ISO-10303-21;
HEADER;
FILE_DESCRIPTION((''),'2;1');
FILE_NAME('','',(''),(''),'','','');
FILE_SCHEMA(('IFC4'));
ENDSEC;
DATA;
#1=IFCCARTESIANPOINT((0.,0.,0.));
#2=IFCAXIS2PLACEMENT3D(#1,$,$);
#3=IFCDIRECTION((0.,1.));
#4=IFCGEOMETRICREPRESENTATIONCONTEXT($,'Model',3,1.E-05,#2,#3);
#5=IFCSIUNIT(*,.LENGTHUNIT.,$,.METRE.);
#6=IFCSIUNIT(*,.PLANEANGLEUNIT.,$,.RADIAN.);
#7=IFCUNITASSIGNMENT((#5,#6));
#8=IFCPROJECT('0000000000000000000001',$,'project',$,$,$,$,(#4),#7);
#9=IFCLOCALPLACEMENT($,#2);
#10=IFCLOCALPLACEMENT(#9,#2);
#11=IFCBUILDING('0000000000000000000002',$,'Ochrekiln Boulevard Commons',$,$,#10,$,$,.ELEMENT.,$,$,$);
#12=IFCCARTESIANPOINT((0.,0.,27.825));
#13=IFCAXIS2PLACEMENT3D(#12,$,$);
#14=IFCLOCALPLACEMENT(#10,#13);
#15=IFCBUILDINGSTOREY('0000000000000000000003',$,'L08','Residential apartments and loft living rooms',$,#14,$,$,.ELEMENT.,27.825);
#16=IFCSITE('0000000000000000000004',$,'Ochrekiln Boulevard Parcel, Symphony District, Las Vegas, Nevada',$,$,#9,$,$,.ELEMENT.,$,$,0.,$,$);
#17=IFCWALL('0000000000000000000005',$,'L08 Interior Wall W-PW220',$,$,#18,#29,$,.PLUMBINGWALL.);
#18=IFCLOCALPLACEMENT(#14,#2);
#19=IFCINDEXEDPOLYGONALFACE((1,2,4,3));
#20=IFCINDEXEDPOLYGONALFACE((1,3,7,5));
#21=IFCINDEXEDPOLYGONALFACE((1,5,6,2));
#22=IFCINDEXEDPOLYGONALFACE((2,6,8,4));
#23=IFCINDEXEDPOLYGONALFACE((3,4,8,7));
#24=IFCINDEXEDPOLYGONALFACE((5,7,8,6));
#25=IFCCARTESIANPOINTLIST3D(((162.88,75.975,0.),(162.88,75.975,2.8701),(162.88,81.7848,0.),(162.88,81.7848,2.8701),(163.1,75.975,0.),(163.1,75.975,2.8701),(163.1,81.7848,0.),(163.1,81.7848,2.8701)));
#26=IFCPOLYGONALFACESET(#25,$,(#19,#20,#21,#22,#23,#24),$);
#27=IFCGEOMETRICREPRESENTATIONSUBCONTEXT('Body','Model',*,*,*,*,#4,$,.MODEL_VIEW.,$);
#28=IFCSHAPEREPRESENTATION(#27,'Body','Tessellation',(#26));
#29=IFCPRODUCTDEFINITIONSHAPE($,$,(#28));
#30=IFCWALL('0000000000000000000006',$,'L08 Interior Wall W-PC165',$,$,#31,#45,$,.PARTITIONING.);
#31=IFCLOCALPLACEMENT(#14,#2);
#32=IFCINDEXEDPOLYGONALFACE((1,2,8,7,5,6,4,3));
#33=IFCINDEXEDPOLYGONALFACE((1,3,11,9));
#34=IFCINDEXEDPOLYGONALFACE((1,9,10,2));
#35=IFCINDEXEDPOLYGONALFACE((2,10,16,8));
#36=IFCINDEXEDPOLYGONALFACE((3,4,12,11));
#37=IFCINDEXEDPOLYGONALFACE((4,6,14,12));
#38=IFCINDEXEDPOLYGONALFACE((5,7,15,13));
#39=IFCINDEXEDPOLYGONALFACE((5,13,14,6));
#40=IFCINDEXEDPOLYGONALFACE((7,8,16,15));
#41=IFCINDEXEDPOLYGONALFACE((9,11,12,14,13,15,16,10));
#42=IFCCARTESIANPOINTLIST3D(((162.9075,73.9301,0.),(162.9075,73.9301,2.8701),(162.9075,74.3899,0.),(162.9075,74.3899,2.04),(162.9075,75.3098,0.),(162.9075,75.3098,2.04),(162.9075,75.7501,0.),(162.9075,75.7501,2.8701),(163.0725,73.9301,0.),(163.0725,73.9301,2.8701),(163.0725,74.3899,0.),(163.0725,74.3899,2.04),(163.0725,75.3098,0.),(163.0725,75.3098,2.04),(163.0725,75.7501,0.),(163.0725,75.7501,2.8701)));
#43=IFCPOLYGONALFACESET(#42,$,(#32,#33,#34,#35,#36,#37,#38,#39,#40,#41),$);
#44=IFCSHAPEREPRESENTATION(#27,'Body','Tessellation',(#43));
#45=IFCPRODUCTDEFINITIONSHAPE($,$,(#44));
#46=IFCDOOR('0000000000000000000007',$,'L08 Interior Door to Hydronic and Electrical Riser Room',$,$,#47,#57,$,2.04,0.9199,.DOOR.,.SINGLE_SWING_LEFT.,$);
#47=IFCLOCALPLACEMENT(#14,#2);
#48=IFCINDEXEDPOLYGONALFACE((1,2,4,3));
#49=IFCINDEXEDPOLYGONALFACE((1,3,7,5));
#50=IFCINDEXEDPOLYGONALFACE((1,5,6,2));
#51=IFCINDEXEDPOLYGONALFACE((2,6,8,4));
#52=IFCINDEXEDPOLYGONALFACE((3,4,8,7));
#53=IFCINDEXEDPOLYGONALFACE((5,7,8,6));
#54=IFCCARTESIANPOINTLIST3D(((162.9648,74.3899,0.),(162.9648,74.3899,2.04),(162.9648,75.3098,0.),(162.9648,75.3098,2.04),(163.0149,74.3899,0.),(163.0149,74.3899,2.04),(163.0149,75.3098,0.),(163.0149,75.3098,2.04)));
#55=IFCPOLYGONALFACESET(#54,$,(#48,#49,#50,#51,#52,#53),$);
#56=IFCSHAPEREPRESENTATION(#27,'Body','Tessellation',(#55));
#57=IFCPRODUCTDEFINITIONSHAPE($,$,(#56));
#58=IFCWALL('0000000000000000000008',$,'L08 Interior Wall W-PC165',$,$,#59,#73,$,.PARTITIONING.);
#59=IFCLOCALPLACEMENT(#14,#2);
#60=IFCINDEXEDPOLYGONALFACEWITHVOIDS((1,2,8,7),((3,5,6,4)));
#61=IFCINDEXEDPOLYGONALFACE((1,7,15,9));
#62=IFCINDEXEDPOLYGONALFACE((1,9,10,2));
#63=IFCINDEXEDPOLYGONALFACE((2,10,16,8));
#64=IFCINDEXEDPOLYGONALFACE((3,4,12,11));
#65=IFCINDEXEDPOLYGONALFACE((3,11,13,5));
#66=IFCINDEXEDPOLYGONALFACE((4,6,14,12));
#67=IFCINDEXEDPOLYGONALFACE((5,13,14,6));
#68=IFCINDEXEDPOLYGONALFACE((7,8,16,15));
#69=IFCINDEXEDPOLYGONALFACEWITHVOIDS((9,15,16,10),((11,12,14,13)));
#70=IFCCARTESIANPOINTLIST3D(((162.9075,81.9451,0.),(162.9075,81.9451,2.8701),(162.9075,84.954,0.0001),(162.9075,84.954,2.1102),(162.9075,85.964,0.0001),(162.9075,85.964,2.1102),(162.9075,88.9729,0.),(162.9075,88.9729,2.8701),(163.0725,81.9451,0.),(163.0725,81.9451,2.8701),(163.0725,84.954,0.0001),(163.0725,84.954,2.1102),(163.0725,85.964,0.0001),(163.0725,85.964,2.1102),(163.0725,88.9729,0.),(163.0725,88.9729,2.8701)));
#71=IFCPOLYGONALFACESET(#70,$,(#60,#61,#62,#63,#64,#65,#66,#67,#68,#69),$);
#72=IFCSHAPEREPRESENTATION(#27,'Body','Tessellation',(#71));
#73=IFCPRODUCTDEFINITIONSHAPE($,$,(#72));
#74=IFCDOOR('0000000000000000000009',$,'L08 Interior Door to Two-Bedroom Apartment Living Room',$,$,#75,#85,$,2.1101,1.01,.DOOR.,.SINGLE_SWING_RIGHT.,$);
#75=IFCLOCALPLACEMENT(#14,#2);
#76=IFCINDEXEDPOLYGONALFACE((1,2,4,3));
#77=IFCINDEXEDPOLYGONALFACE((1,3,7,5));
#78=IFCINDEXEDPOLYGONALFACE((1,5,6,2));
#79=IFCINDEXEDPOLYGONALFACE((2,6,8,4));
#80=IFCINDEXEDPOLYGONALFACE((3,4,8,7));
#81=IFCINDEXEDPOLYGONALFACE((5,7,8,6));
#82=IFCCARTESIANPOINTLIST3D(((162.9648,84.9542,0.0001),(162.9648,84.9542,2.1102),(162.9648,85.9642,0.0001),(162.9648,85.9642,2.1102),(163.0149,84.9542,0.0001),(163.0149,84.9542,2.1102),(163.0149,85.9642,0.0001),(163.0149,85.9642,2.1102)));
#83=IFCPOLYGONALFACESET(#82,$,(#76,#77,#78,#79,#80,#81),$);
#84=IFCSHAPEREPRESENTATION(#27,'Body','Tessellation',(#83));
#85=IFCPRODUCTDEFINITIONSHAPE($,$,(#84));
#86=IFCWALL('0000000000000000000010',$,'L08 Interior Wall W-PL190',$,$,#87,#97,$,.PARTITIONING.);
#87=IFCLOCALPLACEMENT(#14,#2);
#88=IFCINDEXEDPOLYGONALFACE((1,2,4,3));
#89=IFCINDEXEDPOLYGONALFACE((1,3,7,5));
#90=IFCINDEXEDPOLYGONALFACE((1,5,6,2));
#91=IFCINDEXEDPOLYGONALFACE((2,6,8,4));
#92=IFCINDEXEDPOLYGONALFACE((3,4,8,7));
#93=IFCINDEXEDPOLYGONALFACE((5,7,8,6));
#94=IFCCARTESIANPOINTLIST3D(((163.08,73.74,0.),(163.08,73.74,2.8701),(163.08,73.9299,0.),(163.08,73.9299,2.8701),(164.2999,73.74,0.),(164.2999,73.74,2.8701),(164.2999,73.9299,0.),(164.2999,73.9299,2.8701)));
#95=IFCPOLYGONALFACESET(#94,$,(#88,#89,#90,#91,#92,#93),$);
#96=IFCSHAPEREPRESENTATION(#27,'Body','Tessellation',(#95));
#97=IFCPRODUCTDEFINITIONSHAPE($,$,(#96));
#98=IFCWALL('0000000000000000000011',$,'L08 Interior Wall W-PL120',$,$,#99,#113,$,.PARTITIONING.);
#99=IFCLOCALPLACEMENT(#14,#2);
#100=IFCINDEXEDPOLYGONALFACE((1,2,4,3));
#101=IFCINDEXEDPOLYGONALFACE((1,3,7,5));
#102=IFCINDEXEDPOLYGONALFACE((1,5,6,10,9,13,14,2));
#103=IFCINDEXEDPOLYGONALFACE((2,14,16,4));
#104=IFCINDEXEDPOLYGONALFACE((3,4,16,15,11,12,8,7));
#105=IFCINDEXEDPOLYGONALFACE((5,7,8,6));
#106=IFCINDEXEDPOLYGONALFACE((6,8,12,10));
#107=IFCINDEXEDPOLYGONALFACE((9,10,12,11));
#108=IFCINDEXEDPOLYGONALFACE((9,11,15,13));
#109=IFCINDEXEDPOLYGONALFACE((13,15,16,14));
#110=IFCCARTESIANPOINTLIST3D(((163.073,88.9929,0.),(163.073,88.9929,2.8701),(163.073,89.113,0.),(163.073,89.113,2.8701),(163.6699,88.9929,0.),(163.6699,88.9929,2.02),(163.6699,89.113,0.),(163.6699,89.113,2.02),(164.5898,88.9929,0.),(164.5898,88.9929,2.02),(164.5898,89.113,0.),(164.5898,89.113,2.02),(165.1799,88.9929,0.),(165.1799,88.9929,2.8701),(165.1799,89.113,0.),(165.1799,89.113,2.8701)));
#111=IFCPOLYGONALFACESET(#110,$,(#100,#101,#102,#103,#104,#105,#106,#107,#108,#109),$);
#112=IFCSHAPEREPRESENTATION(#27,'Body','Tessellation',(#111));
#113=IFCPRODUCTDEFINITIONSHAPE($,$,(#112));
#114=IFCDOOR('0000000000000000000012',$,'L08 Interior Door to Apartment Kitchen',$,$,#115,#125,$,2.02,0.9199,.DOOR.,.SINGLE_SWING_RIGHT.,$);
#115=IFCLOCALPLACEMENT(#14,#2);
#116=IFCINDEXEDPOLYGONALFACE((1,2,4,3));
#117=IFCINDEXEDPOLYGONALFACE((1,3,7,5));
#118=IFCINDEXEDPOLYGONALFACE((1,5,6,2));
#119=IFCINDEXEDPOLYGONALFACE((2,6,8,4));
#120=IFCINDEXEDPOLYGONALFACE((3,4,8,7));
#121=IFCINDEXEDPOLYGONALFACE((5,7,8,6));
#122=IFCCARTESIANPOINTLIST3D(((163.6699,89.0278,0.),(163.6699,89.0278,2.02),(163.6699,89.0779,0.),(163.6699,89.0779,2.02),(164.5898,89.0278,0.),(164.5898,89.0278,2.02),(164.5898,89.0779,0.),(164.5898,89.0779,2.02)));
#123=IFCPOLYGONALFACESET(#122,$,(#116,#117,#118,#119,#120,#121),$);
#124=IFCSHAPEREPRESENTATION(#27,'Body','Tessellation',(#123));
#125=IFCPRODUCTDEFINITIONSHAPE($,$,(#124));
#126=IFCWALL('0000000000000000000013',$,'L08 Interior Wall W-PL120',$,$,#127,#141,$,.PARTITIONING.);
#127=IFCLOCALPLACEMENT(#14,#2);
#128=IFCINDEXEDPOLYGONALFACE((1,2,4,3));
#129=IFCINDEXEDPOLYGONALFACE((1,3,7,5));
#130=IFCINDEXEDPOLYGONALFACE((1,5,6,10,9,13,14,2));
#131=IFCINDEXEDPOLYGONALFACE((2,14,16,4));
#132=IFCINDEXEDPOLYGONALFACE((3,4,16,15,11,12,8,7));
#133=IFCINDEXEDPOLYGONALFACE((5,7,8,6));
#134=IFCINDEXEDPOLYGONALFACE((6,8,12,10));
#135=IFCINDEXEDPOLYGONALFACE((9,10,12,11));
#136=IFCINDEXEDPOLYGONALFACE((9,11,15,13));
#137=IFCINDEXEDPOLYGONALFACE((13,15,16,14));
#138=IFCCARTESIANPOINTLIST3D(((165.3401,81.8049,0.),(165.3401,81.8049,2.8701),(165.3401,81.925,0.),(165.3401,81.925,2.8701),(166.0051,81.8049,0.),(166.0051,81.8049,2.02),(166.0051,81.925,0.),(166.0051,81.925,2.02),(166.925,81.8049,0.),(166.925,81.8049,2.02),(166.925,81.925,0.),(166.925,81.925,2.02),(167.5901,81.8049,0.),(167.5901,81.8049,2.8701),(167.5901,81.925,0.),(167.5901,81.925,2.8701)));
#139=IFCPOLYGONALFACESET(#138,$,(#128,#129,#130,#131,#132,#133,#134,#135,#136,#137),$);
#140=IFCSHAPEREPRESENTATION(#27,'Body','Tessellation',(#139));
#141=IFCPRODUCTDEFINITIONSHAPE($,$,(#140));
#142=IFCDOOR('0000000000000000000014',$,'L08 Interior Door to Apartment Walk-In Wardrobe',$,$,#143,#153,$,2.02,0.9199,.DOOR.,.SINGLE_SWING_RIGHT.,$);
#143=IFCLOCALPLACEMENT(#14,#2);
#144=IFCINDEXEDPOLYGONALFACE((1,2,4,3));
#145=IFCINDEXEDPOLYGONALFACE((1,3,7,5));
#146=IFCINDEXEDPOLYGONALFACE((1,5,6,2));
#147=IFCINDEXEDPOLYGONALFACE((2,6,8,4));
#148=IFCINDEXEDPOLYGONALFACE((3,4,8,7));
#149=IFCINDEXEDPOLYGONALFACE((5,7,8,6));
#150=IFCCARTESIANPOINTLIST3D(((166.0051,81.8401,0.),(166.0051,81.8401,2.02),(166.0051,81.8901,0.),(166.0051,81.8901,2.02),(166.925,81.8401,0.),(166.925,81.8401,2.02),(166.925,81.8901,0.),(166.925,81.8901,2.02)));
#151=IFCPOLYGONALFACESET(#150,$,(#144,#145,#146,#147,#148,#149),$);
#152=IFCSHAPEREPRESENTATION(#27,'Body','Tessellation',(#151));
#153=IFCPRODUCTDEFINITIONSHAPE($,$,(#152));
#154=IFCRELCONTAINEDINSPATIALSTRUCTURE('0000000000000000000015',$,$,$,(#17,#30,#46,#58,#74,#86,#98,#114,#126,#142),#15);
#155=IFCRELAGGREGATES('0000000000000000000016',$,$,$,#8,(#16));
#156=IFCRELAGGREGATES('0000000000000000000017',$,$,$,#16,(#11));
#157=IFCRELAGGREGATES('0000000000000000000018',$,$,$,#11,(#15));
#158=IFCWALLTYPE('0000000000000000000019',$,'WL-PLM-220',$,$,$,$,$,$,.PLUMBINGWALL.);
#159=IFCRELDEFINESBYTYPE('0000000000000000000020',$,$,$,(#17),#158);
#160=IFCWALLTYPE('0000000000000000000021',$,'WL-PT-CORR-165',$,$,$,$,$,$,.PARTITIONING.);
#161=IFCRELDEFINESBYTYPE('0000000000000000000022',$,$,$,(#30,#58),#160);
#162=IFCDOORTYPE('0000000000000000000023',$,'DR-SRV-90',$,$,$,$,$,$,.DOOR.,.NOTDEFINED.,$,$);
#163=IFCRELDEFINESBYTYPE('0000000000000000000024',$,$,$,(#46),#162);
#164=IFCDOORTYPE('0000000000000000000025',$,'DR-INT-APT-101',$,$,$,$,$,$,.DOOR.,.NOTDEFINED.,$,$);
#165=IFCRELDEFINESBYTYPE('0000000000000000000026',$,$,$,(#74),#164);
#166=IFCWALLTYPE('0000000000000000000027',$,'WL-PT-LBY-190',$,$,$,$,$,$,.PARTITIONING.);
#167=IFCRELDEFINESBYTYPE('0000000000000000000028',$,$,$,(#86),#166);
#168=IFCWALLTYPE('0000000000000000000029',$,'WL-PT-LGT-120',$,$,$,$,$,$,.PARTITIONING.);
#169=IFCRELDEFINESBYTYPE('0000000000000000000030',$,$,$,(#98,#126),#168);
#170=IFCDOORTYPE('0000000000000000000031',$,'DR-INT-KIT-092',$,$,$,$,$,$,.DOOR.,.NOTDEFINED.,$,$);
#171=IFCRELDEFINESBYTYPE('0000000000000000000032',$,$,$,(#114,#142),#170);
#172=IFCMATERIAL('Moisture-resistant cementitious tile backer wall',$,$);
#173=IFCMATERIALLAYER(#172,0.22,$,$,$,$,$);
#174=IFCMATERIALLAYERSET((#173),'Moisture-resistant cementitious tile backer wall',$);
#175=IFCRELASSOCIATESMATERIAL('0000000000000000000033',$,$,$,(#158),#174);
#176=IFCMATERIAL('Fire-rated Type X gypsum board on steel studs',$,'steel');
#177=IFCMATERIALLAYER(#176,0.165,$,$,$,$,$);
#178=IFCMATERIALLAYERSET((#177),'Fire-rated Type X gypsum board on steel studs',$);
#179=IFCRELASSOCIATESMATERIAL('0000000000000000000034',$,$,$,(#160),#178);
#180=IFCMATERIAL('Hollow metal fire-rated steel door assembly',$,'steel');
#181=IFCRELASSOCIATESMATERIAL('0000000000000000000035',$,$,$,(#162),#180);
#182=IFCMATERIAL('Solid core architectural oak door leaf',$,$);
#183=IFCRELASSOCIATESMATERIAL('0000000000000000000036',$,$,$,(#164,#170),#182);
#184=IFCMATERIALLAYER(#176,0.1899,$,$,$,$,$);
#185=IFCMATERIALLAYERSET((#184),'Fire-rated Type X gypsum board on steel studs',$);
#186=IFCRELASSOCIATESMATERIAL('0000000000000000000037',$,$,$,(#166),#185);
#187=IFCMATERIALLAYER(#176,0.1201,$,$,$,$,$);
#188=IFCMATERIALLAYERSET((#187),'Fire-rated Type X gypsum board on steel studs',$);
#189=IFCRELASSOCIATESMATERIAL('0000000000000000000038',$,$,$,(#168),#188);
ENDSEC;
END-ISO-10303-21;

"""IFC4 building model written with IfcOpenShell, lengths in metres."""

from ifc_helpers import new_model, si_unit, direction, frame, frame_2d, origin, place, context, subcontext, project, spatial, rectangle, extrude, material, layer, layer_set, type_object, element, fill, save


model = new_model("IFC4")

# Units and contexts
model_context = context("Model", 3, precision=1e-05, world=origin(), true_north=direction((0.0, 1.0)))
body_context = subcontext(model_context, "Body", "Model", "MODEL_VIEW")
ifc_project = project(units=[si_unit("LENGTHUNIT", "METRE"), si_unit("PLANEANGLEUNIT", "RADIAN")], contexts=[model_context])

# Site, building, storey
site_placement = place(None, origin())
site = spatial("IfcSite", under=ifc_project, at=site_placement, Name="Ochrekiln Boulevard Parcel, Symphony District, Las Vegas, Nevada", CompositionType="ELEMENT", RefElevation=0.0)
building_placement = place(site_placement, origin())
building = spatial("IfcBuilding", under=site, at=building_placement, Name="Ochrekiln Boulevard Commons", CompositionType="ELEMENT")
storey_placement = place(building_placement, frame((0.0, 0.0, 27.825)))
storey = spatial("IfcBuildingStorey", under=building, at=storey_placement, Name="L08", Description="Residential apartments and loft living rooms", CompositionType="ELEMENT", Elevation=27.825)

# Shared definitions
ifc_material_1 = material(Name="Moisture-resistant cementitious tile backer wall")

# Shared definitions
ifc_material_2 = material(Name="Solid core architectural oak door leaf")

# Wall
ifc_layer_1 = layer(ifc_material_1, 0.22)
ifc_layer_set_1 = layer_set([ifc_layer_1], Name="Moisture-resistant cementitious tile backer wall")
wall_type_1 = type_object("IfcWallType", Name="WL-PLM-220", PredefinedType="PLUMBINGWALL", material=ifc_layer_set_1)
wall_1_placement = place(storey_placement, frame((162.99, 75.9751, 0.0), z_axis=(0.0, 0.0, 1.0), x_axis=(0.0, 1.0, 0.0)))
element("IfcWall", 1, at=wall_1_placement, inside=storey, type_object=wall_type_1, Name="L08 Interior Wall W-PW220", PredefinedType="PLUMBINGWALL", context=body_context, shape_type="SweptSolid", body=[
    extrude(rectangle(XDim=5.8098, YDim=0.22, at=frame_2d((2.9048, 0.0))), origin(), (0.0, 0.0, 1.0), 2.8701),
])

# Walls, openings, doors
ifc_material_3 = material(Name="Fire-rated Type X gypsum board on steel studs", Category="steel")
ifc_layer_2 = layer(ifc_material_3, 0.165)
ifc_layer_set_2 = layer_set([ifc_layer_2], Name="Fire-rated Type X gypsum board on steel studs")
wall_type_2 = type_object("IfcWallType", Name="WL-PT-CORR-165", PredefinedType="PARTITIONING", material=ifc_layer_set_2)
wall_2_placement = place(storey_placement, frame((162.99, 73.9299, 0.0), z_axis=(0.0, 0.0, 1.0), x_axis=(0.0, 1.0, 0.0)))
wall_2 = element("IfcWall", 2, at=wall_2_placement, inside=storey, type_object=wall_type_2, Name="L08 Interior Wall W-PC165", PredefinedType="PARTITIONING", context=body_context, shape_type="SweptSolid", body=[
    extrude(rectangle(XDim=1.8201, YDim=0.165, at=frame_2d((0.9102, 0.0))), origin(), (0.0, 0.0, 1.0), 2.8701),
])
opening_1_placement = place(wall_2_placement, frame((0.46, 0.0, 0.0)))
opening_1 = element("IfcOpeningElement", 3, at=opening_1_placement, cuts=wall_2, PredefinedType="OPENING", context=body_context, shape_type="SweptSolid", body=[
    extrude(rectangle(XDim=0.9199, YDim=2.04, at=frame_2d((0.46, 1.02))), frame((0.0, 0.0925, 0.0), z_axis=(0.0, -1.0, 0.0), x_axis=(1.0, 0.0, 0.0)), (0.0, 0.0, 1.0), 0.1851),
])
ifc_material_4 = material(Name="Hollow metal fire-rated steel door assembly", Category="steel")
door_type_1 = type_object("IfcDoorType", Name="DR-SRV-90", OperationType="NOTDEFINED", PredefinedType="DOOR", material=ifc_material_4)
door_1_placement = place(opening_1_placement, frame((0.9199, 0.0, 0.0), z_axis=(0.0, 0.0, 1.0), x_axis=(-1.0, 0.0, 0.0)))
door_1 = element("IfcDoor", 4, at=door_1_placement, inside=storey, type_object=door_type_1, Name="L08 Interior Door to Hydronic and Electrical Riser Room", OperationType="SINGLE_SWING_LEFT", OverallHeight=2.04, OverallWidth=0.9199, PredefinedType="DOOR", context=body_context, shape_type="SweptSolid", body=[
    extrude(rectangle(XDim=0.9199, YDim=2.04, at=frame_2d((0.46, 1.02))), frame((0.0, 0.0249, 0.0), z_axis=(0.0, -1.0, 0.0), x_axis=(1.0, 0.0, 0.0)), (0.0, 0.0, 1.0), 0.05),
])
fill(opening_1, door_1)
wall_3_placement = place(storey_placement, frame((162.99, 81.9451, 0.0), z_axis=(0.0, 0.0, 1.0), x_axis=(0.0, 1.0, 0.0)))
wall_3 = element("IfcWall", 5, at=wall_3_placement, inside=storey, type_object=wall_type_2, Name="L08 Interior Wall W-PC165", PredefinedType="PARTITIONING", context=body_context, shape_type="SweptSolid", body=[
    extrude(rectangle(XDim=7.0278, YDim=0.165, at=frame_2d((3.5139, 0.0))), origin(), (0.0, 0.0, 1.0), 2.8701),
])
opening_2_placement = place(wall_3_placement, frame((3.009, 0.0, 0.0)))
opening_2 = element("IfcOpeningElement", 6, at=opening_2_placement, cuts=wall_3, PredefinedType="OPENING", context=body_context, shape_type="SweptSolid", body=[
    extrude(rectangle(XDim=1.01, YDim=2.1101, at=frame_2d((0.5049, 1.0552))), frame((0.0, 0.0925, 0.0), z_axis=(0.0, -1.0, 0.0), x_axis=(1.0, 0.0, 0.0)), (0.0, 0.0, 1.0), 0.1851),
])
door_type_2 = type_object("IfcDoorType", Name="DR-INT-APT-101", OperationType="NOTDEFINED", PredefinedType="DOOR", material=ifc_material_2)
door_2_placement = place(opening_2_placement, frame((1.01, 0.0, 0.0), z_axis=(0.0, 0.0, 1.0), x_axis=(-1.0, 0.0, 0.0)))
door_2 = element("IfcDoor", 7, at=door_2_placement, inside=storey, type_object=door_type_2, Name="L08 Interior Door to Two-Bedroom Apartment Living Room", OperationType="SINGLE_SWING_RIGHT", OverallHeight=2.1101, OverallWidth=1.01, PredefinedType="DOOR", context=body_context, shape_type="SweptSolid", body=[
    extrude(rectangle(XDim=1.01, YDim=2.1101, at=frame_2d((0.5049, 1.0552))), frame((0.0, 0.0249, 0.0), z_axis=(0.0, -1.0, 0.0), x_axis=(1.0, 0.0, 0.0)), (0.0, 0.0, 1.0), 0.05),
])
fill(opening_2, door_2)

# Wall
ifc_layer_3 = layer(ifc_material_3, 0.1899)
ifc_layer_set_3 = layer_set([ifc_layer_3], Name="Fire-rated Type X gypsum board on steel studs")
wall_type_3 = type_object("IfcWallType", Name="WL-PT-LBY-190", PredefinedType="PARTITIONING", material=ifc_layer_set_3)
wall_4_placement = place(storey_placement, frame((163.0801, 73.835, 0.0), z_axis=(0.0, 0.0, 1.0), x_axis=(1.0, 0.0, 0.0)))
element("IfcWall", 8, at=wall_4_placement, inside=storey, type_object=wall_type_3, Name="L08 Interior Wall W-PL190", PredefinedType="PARTITIONING", context=body_context, shape_type="SweptSolid", body=[
    extrude(rectangle(XDim=1.22, YDim=0.1899, at=frame_2d((0.6099, 0.0))), origin(), (0.0, 0.0, 1.0), 2.8701),
])

# Walls, openings, doors
ifc_layer_4 = layer(ifc_material_3, 0.1201)
ifc_layer_set_4 = layer_set([ifc_layer_4], Name="Fire-rated Type X gypsum board on steel studs")
wall_type_4 = type_object("IfcWallType", Name="WL-PT-LGT-120", PredefinedType="PARTITIONING", material=ifc_layer_set_4)
wall_5_placement = place(storey_placement, frame((163.073, 89.053, 0.0), z_axis=(0.0, 0.0, 1.0), x_axis=(1.0, 0.0, 0.0)))
wall_5 = element("IfcWall", 9, at=wall_5_placement, inside=storey, type_object=wall_type_4, Name="L08 Interior Wall W-PL120", PredefinedType="PARTITIONING", context=body_context, shape_type="SweptSolid", body=[
    extrude(rectangle(XDim=2.1069, YDim=0.1201, at=frame_2d((1.0535, 0.0))), origin(), (0.0, 0.0, 1.0), 2.8701),
])
opening_3_placement = place(wall_5_placement, frame((0.5969, 0.0, 0.0)))
opening_3 = element("IfcOpeningElement", 10, at=opening_3_placement, cuts=wall_5, PredefinedType="OPENING", context=body_context, shape_type="SweptSolid", body=[
    extrude(rectangle(XDim=0.9199, YDim=2.02, at=frame_2d((0.46, 1.01))), frame((0.0, 0.0701, 0.0), z_axis=(0.0, -1.0, 0.0), x_axis=(1.0, 0.0, 0.0)), (0.0, 0.0, 1.0), 0.1401),
])
door_type_3 = type_object("IfcDoorType", Name="DR-INT-KIT-092", OperationType="NOTDEFINED", PredefinedType="DOOR", material=ifc_material_2)
door_3_placement = place(opening_3_placement, origin())
door_3 = element("IfcDoor", 11, at=door_3_placement, inside=storey, type_object=door_type_3, Name="L08 Interior Door to Apartment Kitchen", OperationType="SINGLE_SWING_RIGHT", OverallHeight=2.02, OverallWidth=0.9199, PredefinedType="DOOR", context=body_context, shape_type="SweptSolid", body=[
    extrude(rectangle(XDim=0.9199, YDim=2.02, at=frame_2d((0.46, 1.01))), frame((0.0, 0.0249, 0.0), z_axis=(0.0, -1.0, 0.0), x_axis=(1.0, 0.0, 0.0)), (0.0, 0.0, 1.0), 0.05),
])
fill(opening_3, door_3)
wall_6_placement = place(storey_placement, frame((165.3401, 81.865, 0.0), z_axis=(0.0, 0.0, 1.0), x_axis=(1.0, 0.0, 0.0)))
wall_6 = element("IfcWall", 12, at=wall_6_placement, inside=storey, type_object=wall_type_4, Name="L08 Interior Wall W-PL120", PredefinedType="PARTITIONING", context=body_context, shape_type="SweptSolid", body=[
    extrude(rectangle(XDim=2.25, YDim=0.1201, at=frame_2d((1.125, 0.0))), origin(), (0.0, 0.0, 1.0), 2.8701),
])
opening_4_placement = place(wall_6_placement, frame((0.665, 0.0, 0.0)))
opening_4 = element("IfcOpeningElement", 13, at=opening_4_placement, cuts=wall_6, PredefinedType="OPENING", context=body_context, shape_type="SweptSolid", body=[
    extrude(rectangle(XDim=0.9199, YDim=2.02, at=frame_2d((0.46, 1.01))), frame((0.0, 0.0701, 0.0), z_axis=(0.0, -1.0, 0.0), x_axis=(1.0, 0.0, 0.0)), (0.0, 0.0, 1.0), 0.1401),
])
door_4_placement = place(opening_4_placement, frame((0.9199, 0.0, 0.0), z_axis=(0.0, 0.0, 1.0), x_axis=(-1.0, 0.0, 0.0)))
door_4 = element("IfcDoor", 14, at=door_4_placement, inside=storey, type_object=door_type_3, Name="L08 Interior Door to Apartment Walk-In Wardrobe", OperationType="SINGLE_SWING_RIGHT", OverallHeight=2.02, OverallWidth=0.9199, PredefinedType="DOOR", context=body_context, shape_type="SweptSolid", body=[
    extrude(rectangle(XDim=0.9199, YDim=2.02, at=frame_2d((0.46, 1.01))), frame((0.0, 0.0249, 0.0), z_axis=(0.0, -1.0, 0.0), x_axis=(1.0, 0.0, 0.0)), (0.0, 0.0, 1.0), 0.05),
])
fill(opening_4, door_4)

save(model, "model.ifc")
